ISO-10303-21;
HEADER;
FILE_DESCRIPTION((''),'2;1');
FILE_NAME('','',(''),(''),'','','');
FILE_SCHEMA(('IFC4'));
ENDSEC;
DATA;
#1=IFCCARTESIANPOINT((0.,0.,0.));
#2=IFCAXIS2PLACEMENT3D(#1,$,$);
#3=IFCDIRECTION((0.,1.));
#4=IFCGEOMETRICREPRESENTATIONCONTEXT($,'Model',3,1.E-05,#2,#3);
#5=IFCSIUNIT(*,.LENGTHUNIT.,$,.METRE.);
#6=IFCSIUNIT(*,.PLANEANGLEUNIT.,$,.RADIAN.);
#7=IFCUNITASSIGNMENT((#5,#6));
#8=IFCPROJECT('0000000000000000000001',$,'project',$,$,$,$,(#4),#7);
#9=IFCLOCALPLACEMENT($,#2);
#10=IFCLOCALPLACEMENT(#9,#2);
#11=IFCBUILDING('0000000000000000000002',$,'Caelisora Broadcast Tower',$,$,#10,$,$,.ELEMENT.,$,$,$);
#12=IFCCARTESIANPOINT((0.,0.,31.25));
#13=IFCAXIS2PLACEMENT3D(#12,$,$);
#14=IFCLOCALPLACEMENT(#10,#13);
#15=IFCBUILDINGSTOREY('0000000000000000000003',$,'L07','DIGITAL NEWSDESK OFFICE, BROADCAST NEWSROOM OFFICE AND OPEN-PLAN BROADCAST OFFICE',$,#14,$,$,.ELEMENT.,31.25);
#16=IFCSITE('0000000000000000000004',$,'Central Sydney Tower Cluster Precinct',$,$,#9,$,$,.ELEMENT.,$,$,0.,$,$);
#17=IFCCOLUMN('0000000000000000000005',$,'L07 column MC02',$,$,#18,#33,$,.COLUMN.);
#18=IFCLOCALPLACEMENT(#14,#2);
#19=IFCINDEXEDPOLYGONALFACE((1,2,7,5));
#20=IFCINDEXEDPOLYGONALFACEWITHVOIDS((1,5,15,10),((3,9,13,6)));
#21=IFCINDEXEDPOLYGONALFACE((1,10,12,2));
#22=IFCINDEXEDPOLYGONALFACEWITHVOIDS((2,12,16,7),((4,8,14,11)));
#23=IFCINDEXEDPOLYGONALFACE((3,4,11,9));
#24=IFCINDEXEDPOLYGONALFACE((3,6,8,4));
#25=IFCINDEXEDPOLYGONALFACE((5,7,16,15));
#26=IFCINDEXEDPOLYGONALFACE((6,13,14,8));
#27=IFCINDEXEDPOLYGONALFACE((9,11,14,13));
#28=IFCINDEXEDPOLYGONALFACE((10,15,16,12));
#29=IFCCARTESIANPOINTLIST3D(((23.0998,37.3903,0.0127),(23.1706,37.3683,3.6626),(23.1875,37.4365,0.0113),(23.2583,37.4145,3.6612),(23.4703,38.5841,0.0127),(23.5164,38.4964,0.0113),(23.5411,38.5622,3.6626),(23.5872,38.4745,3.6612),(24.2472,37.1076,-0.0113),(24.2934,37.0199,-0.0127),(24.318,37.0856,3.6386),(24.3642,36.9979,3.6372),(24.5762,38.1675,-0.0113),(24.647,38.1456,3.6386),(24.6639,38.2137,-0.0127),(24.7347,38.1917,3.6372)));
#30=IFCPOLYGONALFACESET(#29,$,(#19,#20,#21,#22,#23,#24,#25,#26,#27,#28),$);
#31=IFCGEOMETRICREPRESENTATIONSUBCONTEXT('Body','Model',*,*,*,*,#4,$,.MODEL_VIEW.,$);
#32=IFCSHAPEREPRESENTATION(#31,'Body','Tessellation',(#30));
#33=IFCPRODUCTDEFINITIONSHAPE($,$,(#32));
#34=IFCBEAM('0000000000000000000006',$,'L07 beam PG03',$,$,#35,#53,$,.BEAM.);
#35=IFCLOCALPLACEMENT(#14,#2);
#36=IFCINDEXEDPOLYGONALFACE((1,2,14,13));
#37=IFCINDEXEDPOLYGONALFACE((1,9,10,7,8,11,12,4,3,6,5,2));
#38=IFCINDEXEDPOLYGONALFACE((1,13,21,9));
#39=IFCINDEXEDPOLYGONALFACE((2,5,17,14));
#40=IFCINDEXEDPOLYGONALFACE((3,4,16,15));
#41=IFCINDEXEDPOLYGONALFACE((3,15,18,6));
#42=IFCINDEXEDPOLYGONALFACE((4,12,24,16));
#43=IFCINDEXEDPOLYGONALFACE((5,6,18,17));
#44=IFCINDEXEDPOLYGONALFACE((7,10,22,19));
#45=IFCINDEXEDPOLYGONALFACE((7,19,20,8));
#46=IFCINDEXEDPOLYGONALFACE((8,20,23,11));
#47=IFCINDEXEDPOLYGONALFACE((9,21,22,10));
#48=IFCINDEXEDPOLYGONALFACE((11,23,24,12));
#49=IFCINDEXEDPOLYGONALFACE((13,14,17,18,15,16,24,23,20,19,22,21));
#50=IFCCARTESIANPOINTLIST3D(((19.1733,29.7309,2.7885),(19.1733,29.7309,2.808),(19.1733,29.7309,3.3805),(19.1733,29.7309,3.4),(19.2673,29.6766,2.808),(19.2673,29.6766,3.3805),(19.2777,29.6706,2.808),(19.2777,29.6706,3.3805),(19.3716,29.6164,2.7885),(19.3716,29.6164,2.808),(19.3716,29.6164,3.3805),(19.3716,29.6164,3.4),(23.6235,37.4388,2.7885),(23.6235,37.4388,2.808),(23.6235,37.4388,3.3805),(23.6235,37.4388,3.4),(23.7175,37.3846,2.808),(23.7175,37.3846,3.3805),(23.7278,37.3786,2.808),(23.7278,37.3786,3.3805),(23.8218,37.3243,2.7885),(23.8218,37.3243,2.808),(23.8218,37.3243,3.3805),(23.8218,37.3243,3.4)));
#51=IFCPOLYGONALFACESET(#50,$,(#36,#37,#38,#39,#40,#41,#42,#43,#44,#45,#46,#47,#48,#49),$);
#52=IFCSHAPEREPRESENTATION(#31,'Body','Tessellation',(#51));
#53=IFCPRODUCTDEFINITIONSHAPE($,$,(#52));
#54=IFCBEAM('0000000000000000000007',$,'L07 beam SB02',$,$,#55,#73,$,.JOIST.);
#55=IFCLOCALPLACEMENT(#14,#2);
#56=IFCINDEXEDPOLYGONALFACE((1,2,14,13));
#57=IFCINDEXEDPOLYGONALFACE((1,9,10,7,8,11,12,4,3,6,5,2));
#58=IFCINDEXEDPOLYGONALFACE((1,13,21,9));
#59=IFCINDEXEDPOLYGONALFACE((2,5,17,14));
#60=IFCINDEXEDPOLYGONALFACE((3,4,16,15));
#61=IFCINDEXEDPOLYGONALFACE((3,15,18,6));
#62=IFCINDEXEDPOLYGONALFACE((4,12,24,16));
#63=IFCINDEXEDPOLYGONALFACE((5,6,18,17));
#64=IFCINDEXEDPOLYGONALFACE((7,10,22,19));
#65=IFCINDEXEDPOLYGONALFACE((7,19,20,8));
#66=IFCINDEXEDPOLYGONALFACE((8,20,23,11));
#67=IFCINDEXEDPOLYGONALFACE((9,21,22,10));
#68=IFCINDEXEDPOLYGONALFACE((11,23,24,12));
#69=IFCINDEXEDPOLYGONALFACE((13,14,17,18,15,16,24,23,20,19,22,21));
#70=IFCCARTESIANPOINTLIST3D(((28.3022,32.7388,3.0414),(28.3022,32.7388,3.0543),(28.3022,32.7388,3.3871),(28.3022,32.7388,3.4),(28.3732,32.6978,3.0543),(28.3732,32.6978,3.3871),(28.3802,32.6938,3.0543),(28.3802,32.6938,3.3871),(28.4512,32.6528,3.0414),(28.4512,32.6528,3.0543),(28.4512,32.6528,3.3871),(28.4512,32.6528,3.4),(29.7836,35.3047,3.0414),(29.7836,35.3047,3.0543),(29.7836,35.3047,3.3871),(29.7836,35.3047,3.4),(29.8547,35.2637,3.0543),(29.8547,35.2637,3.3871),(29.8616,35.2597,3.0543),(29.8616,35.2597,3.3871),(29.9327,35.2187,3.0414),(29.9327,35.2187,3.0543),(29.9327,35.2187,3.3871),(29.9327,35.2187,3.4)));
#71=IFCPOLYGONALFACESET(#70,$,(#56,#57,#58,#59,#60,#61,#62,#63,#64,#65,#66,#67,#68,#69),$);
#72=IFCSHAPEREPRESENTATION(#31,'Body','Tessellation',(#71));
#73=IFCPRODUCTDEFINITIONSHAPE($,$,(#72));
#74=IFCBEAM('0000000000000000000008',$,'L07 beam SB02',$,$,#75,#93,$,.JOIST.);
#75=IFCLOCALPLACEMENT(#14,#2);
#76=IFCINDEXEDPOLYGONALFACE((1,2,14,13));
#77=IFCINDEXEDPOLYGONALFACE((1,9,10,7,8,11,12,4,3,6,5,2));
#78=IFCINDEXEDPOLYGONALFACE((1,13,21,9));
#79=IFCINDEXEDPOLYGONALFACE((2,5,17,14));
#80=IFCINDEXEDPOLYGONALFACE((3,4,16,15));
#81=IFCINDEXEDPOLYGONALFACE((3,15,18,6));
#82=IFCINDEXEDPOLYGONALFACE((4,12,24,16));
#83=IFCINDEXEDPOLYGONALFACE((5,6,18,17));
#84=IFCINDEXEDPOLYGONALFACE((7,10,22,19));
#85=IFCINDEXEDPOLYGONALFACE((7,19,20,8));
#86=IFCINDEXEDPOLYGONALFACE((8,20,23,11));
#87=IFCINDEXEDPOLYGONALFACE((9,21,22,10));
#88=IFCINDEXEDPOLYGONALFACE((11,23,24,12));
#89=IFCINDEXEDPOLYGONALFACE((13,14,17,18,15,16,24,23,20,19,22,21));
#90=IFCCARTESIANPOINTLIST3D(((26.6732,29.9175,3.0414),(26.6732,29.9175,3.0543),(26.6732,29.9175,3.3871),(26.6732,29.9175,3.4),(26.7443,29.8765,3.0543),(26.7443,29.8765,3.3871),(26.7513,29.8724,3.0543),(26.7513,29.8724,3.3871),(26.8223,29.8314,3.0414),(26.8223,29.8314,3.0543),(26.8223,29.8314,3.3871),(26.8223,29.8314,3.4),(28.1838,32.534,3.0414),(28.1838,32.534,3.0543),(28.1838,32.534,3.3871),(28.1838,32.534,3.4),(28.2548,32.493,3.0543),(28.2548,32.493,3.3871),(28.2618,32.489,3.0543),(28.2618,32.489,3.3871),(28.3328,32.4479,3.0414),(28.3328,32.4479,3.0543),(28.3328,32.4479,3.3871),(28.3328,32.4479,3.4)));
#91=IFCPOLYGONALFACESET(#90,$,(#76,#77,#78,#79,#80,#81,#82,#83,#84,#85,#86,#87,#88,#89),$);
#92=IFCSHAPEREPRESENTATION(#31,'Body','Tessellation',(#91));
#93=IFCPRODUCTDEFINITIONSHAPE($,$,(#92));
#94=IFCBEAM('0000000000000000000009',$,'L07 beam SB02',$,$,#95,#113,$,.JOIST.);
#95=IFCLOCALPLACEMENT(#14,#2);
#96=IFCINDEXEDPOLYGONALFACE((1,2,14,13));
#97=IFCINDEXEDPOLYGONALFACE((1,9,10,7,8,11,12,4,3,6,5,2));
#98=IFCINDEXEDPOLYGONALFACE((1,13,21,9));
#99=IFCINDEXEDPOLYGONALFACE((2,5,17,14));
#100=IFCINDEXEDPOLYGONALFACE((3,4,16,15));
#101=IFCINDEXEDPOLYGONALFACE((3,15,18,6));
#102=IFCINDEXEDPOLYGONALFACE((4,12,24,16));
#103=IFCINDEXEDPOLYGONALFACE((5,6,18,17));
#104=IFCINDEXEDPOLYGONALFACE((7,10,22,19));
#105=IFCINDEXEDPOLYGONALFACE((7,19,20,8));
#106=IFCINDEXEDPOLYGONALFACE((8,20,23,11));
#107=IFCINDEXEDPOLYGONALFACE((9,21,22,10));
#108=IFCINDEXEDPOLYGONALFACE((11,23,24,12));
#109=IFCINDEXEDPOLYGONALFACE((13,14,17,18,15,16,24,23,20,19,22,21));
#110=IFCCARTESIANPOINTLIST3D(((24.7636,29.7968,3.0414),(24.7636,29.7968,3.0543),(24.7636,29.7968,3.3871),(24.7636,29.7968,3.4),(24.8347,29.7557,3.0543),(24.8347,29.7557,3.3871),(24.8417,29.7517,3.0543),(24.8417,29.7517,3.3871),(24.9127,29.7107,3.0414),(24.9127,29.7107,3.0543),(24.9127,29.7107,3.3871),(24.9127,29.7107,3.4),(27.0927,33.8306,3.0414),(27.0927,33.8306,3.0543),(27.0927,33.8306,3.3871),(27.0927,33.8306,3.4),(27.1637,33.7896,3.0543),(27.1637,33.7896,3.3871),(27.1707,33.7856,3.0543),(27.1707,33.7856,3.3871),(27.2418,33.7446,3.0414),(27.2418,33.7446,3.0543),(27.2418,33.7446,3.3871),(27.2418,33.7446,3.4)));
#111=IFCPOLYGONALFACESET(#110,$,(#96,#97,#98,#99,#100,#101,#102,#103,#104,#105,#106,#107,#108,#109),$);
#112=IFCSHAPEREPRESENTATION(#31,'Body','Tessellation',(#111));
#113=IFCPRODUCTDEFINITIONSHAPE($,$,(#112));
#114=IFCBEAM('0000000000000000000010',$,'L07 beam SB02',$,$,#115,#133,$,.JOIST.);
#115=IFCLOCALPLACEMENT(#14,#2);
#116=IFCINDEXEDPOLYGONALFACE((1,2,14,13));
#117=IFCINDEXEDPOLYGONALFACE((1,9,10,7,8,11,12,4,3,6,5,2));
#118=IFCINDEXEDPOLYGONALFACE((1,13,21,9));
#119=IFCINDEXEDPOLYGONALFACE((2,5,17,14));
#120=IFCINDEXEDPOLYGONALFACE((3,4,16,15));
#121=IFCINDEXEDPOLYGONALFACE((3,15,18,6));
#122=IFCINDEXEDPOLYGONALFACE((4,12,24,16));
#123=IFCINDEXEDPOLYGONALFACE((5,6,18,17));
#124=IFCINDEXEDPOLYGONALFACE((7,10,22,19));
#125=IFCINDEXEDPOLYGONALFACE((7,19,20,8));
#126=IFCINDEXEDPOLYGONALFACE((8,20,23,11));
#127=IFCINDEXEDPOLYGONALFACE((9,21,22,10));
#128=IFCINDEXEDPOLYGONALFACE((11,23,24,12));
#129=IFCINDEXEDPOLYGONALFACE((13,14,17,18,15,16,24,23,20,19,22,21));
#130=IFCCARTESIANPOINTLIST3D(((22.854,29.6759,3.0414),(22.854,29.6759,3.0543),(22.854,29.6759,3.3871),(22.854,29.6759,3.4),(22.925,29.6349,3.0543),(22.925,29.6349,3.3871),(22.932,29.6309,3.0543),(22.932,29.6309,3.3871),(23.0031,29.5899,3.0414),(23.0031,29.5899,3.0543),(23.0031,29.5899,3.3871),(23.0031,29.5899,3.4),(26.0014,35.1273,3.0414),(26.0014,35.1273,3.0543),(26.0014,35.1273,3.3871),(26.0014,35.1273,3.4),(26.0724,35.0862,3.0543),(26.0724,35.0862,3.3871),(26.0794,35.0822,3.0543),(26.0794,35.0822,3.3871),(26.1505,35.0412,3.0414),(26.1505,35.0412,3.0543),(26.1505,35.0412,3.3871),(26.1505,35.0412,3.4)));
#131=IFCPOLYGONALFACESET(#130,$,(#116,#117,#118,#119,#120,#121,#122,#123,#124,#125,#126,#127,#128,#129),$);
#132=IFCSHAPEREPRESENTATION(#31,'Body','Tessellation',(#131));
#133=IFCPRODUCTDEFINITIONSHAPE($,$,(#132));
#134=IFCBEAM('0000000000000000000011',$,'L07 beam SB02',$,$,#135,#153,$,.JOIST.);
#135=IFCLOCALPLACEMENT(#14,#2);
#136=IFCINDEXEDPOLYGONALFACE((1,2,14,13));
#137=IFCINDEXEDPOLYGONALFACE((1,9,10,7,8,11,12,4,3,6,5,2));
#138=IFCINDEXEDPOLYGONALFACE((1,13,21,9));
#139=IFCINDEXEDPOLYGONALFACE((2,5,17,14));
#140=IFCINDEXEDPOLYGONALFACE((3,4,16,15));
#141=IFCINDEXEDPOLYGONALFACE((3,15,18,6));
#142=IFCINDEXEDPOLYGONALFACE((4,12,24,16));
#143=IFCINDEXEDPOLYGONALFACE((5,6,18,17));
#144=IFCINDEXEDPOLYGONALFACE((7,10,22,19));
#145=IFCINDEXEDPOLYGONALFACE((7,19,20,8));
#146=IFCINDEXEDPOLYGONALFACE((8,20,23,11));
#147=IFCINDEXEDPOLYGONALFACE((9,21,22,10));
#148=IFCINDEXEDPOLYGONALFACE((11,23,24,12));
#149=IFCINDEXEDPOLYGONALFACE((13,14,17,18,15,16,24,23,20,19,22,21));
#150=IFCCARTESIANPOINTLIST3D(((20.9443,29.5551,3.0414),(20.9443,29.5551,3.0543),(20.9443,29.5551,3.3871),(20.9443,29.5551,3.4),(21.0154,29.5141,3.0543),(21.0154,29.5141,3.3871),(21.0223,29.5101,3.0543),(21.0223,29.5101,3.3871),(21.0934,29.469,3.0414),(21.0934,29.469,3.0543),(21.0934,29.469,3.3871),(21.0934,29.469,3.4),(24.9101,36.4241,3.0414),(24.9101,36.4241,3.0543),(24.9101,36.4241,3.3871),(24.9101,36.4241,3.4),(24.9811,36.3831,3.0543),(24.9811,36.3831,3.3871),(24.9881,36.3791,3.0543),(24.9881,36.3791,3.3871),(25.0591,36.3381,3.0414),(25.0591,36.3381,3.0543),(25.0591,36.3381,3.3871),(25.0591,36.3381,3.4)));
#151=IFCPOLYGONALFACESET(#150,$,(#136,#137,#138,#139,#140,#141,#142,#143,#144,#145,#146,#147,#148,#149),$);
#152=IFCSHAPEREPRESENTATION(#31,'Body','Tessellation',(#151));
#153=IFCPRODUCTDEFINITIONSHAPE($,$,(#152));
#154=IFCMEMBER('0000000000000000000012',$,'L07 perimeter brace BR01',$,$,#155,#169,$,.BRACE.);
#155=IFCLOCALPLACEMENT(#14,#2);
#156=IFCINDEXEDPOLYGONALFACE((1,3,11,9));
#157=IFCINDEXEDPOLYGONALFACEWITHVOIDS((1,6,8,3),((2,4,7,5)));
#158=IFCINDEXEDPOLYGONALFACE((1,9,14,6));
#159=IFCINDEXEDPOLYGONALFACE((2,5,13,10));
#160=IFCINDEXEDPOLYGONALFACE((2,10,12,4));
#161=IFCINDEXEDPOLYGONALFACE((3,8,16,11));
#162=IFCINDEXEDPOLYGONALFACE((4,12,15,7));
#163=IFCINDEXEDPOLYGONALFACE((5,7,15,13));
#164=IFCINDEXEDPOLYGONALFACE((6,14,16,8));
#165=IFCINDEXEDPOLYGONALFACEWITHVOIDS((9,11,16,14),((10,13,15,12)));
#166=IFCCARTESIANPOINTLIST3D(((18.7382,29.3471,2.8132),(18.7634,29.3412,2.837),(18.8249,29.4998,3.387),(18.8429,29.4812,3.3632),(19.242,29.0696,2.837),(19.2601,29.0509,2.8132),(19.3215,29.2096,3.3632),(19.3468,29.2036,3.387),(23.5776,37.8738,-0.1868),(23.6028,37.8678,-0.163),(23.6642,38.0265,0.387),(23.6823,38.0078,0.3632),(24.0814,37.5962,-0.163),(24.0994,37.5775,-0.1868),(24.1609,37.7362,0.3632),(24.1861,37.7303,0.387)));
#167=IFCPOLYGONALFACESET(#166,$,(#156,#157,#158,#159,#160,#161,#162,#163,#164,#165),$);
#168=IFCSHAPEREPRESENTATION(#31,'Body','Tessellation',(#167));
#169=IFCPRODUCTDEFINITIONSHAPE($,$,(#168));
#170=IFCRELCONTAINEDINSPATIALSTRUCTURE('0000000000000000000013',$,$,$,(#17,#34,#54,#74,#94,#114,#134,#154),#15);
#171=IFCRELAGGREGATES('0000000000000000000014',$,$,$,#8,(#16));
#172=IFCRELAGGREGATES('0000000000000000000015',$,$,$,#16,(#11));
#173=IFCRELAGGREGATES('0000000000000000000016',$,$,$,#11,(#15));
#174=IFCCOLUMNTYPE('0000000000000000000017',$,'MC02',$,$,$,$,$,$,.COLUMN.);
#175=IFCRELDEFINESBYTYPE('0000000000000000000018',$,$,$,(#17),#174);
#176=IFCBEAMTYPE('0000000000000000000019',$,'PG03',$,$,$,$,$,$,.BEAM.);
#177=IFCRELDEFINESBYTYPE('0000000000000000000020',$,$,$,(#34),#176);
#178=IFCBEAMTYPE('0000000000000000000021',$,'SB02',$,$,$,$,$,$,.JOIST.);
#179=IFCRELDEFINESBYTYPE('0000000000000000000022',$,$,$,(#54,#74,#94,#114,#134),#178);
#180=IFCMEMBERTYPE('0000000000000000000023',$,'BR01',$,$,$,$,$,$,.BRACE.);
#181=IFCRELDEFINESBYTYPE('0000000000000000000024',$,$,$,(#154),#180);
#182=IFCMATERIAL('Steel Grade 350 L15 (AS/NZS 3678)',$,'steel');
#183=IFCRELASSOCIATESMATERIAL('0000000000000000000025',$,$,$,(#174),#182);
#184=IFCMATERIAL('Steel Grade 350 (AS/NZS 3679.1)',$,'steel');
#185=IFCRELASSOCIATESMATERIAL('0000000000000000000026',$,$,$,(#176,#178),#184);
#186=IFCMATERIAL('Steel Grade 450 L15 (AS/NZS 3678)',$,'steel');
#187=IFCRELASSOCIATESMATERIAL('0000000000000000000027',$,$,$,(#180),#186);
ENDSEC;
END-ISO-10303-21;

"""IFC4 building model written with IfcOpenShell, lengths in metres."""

from ifc_helpers import new_model, si_unit, direction, frame, origin, origin_2d, place, context, subcontext, project, spatial, hollow_rectangle, i_section, extrude, source, transform, mapped, material, material_profile, profile_set, type_object, type_shapes, element, save


model = new_model("IFC4")

# Units and contexts
model_context = context("Model", 3, precision=1e-05, world=origin(), true_north=direction((0.0, 1.0)))
body_context = subcontext(model_context, "Body", "Model", "MODEL_VIEW")
ifc_project = project(units=[si_unit("LENGTHUNIT", "METRE"), si_unit("PLANEANGLEUNIT", "RADIAN")], contexts=[model_context])

# Site, building, storey
site_placement = place(None, origin())
site = spatial("IfcSite", under=ifc_project, at=site_placement, Name="Central Sydney Tower Cluster Precinct", CompositionType="ELEMENT", RefElevation=0.0)
building_placement = place(site_placement, origin())
building = spatial("IfcBuilding", under=site, at=building_placement, Name="Caelisora Broadcast Tower", CompositionType="ELEMENT")
storey_placement = place(building_placement, frame((0.0, 0.0, 31.25)))
storey = spatial("IfcBuildingStorey", under=building, at=storey_placement, Name="L07", Description="DIGITAL NEWSDESK OFFICE, BROADCAST NEWSROOM OFFICE AND OPEN-PLAN BROADCAST OFFICE", CompositionType="ELEMENT", Elevation=31.25)

# Column
ifc_material_1 = material(Name="Steel Grade 350 L15 (AS/NZS 3678)", Category="steel")
ifc_material_profile_1 = material_profile(ifc_material_1, hollow_rectangle(XDim=1.25, YDim=1.25, WallThickness=0.0701, at=origin_2d()), Name="Steel Grade 350 L15 (AS/NZS 3678)")
ifc_profile_set_1 = profile_set([ifc_material_profile_1], Name="Steel Grade 350 L15 (AS/NZS 3678)")
column_type = type_object("IfcColumnType", Name="MC02", PredefinedType="COLUMN", material=ifc_profile_set_1)
shared_shape_1 = source(origin(), body_context, "Body", "SweptSolid", [
    extrude(hollow_rectangle(XDim=1.25, YDim=1.25, WallThickness=0.0701, at=origin_2d()), origin(), (0.0, 0.0, 1.0), 3.6506),
])
type_shapes(column_type, [shared_shape_1])
column_placement = place(storey_placement, frame((23.8818, 37.802, 0.0), z_axis=(0.019394, -0.006019, 0.999794), x_axis=(0.296399, 0.955064, 0.0)))
element("IfcColumn", 1, at=column_placement, inside=storey, type_object=column_type, Name="L07 column MC02", PredefinedType="COLUMN", context=body_context, shape_type="MappedRepresentation", body=[
    mapped(shared_shape_1, transform((0.0, 0.0, 0.0), scale=1.0)),
])

# Beams
ifc_material_2 = material(Name="Steel Grade 350 (AS/NZS 3679.1)", Category="steel")
ifc_material_profile_2 = material_profile(ifc_material_2, i_section(OverallWidth=0.229, OverallDepth=0.6116, WebThickness=0.012, FlangeThickness=0.0195, at=origin_2d()), Name="Steel Grade 350 (AS/NZS 3679.1)")
ifc_profile_set_2 = profile_set([ifc_material_profile_2], Name="Steel Grade 350 (AS/NZS 3679.1)")
beam_type_1 = type_object("IfcBeamType", Name="PG03", PredefinedType="BEAM", material=ifc_profile_set_2)
shared_shape_2 = source(origin(), body_context, "Body", "SweptSolid", [
    extrude(i_section(OverallWidth=0.229, OverallDepth=0.6116, WebThickness=0.012, FlangeThickness=0.0195, at=origin_2d()), origin(), (0.0, 0.0, 1.0), 8.9004),
])
type_shapes(beam_type_1, [shared_shape_2])
beam_1_placement = place(storey_placement, frame((23.7227, 37.3816, 3.0942), z_axis=(-0.499998, -0.866027, 0.0), x_axis=(0.866027, -0.499998, 0.0)))
element("IfcBeam", 2, at=beam_1_placement, inside=storey, type_object=beam_type_1, Name="L07 beam PG03", PredefinedType="BEAM", context=body_context, shape_type="MappedRepresentation", body=[
    mapped(shared_shape_2, transform((0.0, 0.0, 0.0), scale=1.0)),
])
ifc_material_profile_3 = material_profile(ifc_material_2, i_section(OverallWidth=0.1721, OverallDepth=0.3586, WebThickness=0.0081, FlangeThickness=0.0129, at=origin_2d()), Name="Steel Grade 350 (AS/NZS 3679.1)")
ifc_profile_set_3 = profile_set([ifc_material_profile_3], Name="Steel Grade 350 (AS/NZS 3679.1)")
beam_type_2 = type_object("IfcBeamType", Name="SB02", PredefinedType="JOIST", material=ifc_profile_set_3)
shared_shape_3 = source(origin(), body_context, "Body", "SweptSolid", [
    extrude(i_section(OverallWidth=0.1721, OverallDepth=0.3586, WebThickness=0.0081, FlangeThickness=0.0129, at=origin_2d()), origin(), (0.0, 0.0, 1.0), 2.9629),
])
beam_2_placement = place(storey_placement, frame((29.8582, 35.2617, 3.2207), z_axis=(-0.500003, -0.866024, 0.0), x_axis=(0.866024, -0.500003, 0.0)))
element("IfcBeam", 3, at=beam_2_placement, inside=storey, type_object=beam_type_2, Name="L07 beam SB02", PredefinedType="JOIST", context=body_context, shape_type="MappedRepresentation", body=[
    mapped(shared_shape_3, transform((0.0, 0.0, 0.0), scale=1.0)),
])
shared_shape_4 = source(origin(), body_context, "Body", "SweptSolid", [
    extrude(i_section(OverallWidth=0.1721, OverallDepth=0.3586, WebThickness=0.0081, FlangeThickness=0.0129, at=origin_2d()), origin(), (0.0, 0.0, 1.0), 3.0212),
])
beam_3_placement = place(storey_placement, frame((28.2583, 32.491, 3.2207), z_axis=(-0.499972, -0.866042, 0.0), x_axis=(0.866042, -0.499972, 0.0)))
element("IfcBeam", 4, at=beam_3_placement, inside=storey, type_object=beam_type_2, Name="L07 beam SB02", PredefinedType="JOIST", context=body_context, shape_type="MappedRepresentation", body=[
    mapped(shared_shape_4, transform((0.0, 0.0, 0.0), scale=1.0)),
])
shared_shape_5 = source(origin(), body_context, "Body", "SweptSolid", [
    extrude(i_section(OverallWidth=0.1721, OverallDepth=0.3586, WebThickness=0.0081, FlangeThickness=0.0129, at=origin_2d()), origin(), (0.0, 0.0, 1.0), 4.658),
])
beam_4_placement = place(storey_placement, frame((27.1672, 33.7876, 3.2207), z_axis=(-0.500017, -0.866015, 0.0), x_axis=(0.866015, -0.500017, 0.0)))
element("IfcBeam", 5, at=beam_4_placement, inside=storey, type_object=beam_type_2, Name="L07 beam SB02", PredefinedType="JOIST", context=body_context, shape_type="MappedRepresentation", body=[
    mapped(shared_shape_5, transform((0.0, 0.0, 0.0), scale=1.0)),
])
shared_shape_6 = source(origin(), body_context, "Body", "SweptSolid", [
    extrude(i_section(OverallWidth=0.1721, OverallDepth=0.3586, WebThickness=0.0081, FlangeThickness=0.0129, at=origin_2d()), origin(), (0.0, 0.0, 1.0), 6.2947),
])
beam_5_placement = place(storey_placement, frame((26.0759, 35.0842, 3.2207), z_axis=(-0.50001, -0.86602, 0.0), x_axis=(0.86602, -0.50001, 0.0)))
element("IfcBeam", 6, at=beam_5_placement, inside=storey, type_object=beam_type_2, Name="L07 beam SB02", PredefinedType="JOIST", context=body_context, shape_type="MappedRepresentation", body=[
    mapped(shared_shape_6, transform((0.0, 0.0, 0.0), scale=1.0)),
])
shared_shape_7 = source(origin(), body_context, "Body", "SweptSolid", [
    extrude(i_section(OverallWidth=0.1721, OverallDepth=0.3586, WebThickness=0.0081, FlangeThickness=0.0129, at=origin_2d()), origin(), (0.0, 0.0, 1.0), 7.9316),
])
type_shapes(beam_type_2, [shared_shape_3, shared_shape_4, shared_shape_5, shared_shape_6, shared_shape_7])
beam_6_placement = place(storey_placement, frame((24.9846, 36.3811, 3.2207), z_axis=(-0.499992, -0.86603, 0.0), x_axis=(0.86603, -0.499992, 0.0)))
element("IfcBeam", 7, at=beam_6_placement, inside=storey, type_object=beam_type_2, Name="L07 beam SB02", PredefinedType="JOIST", context=body_context, shape_type="MappedRepresentation", body=[
    mapped(shared_shape_7, transform((0.0, 0.0, 0.0), scale=1.0)),
])

# Member
ifc_material_3 = material(Name="Steel Grade 450 L15 (AS/NZS 3678)", Category="steel")
ifc_material_profile_4 = material_profile(ifc_material_3, hollow_rectangle(XDim=0.6001, YDim=0.6001, WallThickness=0.0249, at=origin_2d()), Name="Steel Grade 450 L15 (AS/NZS 3678)")
ifc_profile_set_4 = profile_set([ifc_material_profile_4], Name="Steel Grade 450 L15 (AS/NZS 3678)")
member_type_1 = type_object("IfcMemberType", Name="BR01", PredefinedType="BRACE", material=ifc_profile_set_4)
shared_shape_8 = source(origin(), body_context, "Body", "SweptSolid", [
    extrude(hollow_rectangle(XDim=0.6001, YDim=0.6001, WallThickness=0.0249, at=origin_2d()), origin(), (0.0, 0.0, 1.0), 10.2529),
])
type_shapes(member_type_1, [shared_shape_8])
member_1_placement = place(storey_placement, frame((23.8818, 37.802, 0.1001), z_axis=(-0.471998, -0.831627, 0.292599), x_axis=(0.869689, -0.4936, 0.0)))
element("IfcMember", 8, at=member_1_placement, inside=storey, type_object=member_type_1, Name="L07 perimeter brace BR01", PredefinedType="BRACE", context=body_context, shape_type="MappedRepresentation", body=[
    mapped(shared_shape_8, transform((0.0, 0.0, 0.0), scale=1.0)),
])

save(model, "model.ifc")
